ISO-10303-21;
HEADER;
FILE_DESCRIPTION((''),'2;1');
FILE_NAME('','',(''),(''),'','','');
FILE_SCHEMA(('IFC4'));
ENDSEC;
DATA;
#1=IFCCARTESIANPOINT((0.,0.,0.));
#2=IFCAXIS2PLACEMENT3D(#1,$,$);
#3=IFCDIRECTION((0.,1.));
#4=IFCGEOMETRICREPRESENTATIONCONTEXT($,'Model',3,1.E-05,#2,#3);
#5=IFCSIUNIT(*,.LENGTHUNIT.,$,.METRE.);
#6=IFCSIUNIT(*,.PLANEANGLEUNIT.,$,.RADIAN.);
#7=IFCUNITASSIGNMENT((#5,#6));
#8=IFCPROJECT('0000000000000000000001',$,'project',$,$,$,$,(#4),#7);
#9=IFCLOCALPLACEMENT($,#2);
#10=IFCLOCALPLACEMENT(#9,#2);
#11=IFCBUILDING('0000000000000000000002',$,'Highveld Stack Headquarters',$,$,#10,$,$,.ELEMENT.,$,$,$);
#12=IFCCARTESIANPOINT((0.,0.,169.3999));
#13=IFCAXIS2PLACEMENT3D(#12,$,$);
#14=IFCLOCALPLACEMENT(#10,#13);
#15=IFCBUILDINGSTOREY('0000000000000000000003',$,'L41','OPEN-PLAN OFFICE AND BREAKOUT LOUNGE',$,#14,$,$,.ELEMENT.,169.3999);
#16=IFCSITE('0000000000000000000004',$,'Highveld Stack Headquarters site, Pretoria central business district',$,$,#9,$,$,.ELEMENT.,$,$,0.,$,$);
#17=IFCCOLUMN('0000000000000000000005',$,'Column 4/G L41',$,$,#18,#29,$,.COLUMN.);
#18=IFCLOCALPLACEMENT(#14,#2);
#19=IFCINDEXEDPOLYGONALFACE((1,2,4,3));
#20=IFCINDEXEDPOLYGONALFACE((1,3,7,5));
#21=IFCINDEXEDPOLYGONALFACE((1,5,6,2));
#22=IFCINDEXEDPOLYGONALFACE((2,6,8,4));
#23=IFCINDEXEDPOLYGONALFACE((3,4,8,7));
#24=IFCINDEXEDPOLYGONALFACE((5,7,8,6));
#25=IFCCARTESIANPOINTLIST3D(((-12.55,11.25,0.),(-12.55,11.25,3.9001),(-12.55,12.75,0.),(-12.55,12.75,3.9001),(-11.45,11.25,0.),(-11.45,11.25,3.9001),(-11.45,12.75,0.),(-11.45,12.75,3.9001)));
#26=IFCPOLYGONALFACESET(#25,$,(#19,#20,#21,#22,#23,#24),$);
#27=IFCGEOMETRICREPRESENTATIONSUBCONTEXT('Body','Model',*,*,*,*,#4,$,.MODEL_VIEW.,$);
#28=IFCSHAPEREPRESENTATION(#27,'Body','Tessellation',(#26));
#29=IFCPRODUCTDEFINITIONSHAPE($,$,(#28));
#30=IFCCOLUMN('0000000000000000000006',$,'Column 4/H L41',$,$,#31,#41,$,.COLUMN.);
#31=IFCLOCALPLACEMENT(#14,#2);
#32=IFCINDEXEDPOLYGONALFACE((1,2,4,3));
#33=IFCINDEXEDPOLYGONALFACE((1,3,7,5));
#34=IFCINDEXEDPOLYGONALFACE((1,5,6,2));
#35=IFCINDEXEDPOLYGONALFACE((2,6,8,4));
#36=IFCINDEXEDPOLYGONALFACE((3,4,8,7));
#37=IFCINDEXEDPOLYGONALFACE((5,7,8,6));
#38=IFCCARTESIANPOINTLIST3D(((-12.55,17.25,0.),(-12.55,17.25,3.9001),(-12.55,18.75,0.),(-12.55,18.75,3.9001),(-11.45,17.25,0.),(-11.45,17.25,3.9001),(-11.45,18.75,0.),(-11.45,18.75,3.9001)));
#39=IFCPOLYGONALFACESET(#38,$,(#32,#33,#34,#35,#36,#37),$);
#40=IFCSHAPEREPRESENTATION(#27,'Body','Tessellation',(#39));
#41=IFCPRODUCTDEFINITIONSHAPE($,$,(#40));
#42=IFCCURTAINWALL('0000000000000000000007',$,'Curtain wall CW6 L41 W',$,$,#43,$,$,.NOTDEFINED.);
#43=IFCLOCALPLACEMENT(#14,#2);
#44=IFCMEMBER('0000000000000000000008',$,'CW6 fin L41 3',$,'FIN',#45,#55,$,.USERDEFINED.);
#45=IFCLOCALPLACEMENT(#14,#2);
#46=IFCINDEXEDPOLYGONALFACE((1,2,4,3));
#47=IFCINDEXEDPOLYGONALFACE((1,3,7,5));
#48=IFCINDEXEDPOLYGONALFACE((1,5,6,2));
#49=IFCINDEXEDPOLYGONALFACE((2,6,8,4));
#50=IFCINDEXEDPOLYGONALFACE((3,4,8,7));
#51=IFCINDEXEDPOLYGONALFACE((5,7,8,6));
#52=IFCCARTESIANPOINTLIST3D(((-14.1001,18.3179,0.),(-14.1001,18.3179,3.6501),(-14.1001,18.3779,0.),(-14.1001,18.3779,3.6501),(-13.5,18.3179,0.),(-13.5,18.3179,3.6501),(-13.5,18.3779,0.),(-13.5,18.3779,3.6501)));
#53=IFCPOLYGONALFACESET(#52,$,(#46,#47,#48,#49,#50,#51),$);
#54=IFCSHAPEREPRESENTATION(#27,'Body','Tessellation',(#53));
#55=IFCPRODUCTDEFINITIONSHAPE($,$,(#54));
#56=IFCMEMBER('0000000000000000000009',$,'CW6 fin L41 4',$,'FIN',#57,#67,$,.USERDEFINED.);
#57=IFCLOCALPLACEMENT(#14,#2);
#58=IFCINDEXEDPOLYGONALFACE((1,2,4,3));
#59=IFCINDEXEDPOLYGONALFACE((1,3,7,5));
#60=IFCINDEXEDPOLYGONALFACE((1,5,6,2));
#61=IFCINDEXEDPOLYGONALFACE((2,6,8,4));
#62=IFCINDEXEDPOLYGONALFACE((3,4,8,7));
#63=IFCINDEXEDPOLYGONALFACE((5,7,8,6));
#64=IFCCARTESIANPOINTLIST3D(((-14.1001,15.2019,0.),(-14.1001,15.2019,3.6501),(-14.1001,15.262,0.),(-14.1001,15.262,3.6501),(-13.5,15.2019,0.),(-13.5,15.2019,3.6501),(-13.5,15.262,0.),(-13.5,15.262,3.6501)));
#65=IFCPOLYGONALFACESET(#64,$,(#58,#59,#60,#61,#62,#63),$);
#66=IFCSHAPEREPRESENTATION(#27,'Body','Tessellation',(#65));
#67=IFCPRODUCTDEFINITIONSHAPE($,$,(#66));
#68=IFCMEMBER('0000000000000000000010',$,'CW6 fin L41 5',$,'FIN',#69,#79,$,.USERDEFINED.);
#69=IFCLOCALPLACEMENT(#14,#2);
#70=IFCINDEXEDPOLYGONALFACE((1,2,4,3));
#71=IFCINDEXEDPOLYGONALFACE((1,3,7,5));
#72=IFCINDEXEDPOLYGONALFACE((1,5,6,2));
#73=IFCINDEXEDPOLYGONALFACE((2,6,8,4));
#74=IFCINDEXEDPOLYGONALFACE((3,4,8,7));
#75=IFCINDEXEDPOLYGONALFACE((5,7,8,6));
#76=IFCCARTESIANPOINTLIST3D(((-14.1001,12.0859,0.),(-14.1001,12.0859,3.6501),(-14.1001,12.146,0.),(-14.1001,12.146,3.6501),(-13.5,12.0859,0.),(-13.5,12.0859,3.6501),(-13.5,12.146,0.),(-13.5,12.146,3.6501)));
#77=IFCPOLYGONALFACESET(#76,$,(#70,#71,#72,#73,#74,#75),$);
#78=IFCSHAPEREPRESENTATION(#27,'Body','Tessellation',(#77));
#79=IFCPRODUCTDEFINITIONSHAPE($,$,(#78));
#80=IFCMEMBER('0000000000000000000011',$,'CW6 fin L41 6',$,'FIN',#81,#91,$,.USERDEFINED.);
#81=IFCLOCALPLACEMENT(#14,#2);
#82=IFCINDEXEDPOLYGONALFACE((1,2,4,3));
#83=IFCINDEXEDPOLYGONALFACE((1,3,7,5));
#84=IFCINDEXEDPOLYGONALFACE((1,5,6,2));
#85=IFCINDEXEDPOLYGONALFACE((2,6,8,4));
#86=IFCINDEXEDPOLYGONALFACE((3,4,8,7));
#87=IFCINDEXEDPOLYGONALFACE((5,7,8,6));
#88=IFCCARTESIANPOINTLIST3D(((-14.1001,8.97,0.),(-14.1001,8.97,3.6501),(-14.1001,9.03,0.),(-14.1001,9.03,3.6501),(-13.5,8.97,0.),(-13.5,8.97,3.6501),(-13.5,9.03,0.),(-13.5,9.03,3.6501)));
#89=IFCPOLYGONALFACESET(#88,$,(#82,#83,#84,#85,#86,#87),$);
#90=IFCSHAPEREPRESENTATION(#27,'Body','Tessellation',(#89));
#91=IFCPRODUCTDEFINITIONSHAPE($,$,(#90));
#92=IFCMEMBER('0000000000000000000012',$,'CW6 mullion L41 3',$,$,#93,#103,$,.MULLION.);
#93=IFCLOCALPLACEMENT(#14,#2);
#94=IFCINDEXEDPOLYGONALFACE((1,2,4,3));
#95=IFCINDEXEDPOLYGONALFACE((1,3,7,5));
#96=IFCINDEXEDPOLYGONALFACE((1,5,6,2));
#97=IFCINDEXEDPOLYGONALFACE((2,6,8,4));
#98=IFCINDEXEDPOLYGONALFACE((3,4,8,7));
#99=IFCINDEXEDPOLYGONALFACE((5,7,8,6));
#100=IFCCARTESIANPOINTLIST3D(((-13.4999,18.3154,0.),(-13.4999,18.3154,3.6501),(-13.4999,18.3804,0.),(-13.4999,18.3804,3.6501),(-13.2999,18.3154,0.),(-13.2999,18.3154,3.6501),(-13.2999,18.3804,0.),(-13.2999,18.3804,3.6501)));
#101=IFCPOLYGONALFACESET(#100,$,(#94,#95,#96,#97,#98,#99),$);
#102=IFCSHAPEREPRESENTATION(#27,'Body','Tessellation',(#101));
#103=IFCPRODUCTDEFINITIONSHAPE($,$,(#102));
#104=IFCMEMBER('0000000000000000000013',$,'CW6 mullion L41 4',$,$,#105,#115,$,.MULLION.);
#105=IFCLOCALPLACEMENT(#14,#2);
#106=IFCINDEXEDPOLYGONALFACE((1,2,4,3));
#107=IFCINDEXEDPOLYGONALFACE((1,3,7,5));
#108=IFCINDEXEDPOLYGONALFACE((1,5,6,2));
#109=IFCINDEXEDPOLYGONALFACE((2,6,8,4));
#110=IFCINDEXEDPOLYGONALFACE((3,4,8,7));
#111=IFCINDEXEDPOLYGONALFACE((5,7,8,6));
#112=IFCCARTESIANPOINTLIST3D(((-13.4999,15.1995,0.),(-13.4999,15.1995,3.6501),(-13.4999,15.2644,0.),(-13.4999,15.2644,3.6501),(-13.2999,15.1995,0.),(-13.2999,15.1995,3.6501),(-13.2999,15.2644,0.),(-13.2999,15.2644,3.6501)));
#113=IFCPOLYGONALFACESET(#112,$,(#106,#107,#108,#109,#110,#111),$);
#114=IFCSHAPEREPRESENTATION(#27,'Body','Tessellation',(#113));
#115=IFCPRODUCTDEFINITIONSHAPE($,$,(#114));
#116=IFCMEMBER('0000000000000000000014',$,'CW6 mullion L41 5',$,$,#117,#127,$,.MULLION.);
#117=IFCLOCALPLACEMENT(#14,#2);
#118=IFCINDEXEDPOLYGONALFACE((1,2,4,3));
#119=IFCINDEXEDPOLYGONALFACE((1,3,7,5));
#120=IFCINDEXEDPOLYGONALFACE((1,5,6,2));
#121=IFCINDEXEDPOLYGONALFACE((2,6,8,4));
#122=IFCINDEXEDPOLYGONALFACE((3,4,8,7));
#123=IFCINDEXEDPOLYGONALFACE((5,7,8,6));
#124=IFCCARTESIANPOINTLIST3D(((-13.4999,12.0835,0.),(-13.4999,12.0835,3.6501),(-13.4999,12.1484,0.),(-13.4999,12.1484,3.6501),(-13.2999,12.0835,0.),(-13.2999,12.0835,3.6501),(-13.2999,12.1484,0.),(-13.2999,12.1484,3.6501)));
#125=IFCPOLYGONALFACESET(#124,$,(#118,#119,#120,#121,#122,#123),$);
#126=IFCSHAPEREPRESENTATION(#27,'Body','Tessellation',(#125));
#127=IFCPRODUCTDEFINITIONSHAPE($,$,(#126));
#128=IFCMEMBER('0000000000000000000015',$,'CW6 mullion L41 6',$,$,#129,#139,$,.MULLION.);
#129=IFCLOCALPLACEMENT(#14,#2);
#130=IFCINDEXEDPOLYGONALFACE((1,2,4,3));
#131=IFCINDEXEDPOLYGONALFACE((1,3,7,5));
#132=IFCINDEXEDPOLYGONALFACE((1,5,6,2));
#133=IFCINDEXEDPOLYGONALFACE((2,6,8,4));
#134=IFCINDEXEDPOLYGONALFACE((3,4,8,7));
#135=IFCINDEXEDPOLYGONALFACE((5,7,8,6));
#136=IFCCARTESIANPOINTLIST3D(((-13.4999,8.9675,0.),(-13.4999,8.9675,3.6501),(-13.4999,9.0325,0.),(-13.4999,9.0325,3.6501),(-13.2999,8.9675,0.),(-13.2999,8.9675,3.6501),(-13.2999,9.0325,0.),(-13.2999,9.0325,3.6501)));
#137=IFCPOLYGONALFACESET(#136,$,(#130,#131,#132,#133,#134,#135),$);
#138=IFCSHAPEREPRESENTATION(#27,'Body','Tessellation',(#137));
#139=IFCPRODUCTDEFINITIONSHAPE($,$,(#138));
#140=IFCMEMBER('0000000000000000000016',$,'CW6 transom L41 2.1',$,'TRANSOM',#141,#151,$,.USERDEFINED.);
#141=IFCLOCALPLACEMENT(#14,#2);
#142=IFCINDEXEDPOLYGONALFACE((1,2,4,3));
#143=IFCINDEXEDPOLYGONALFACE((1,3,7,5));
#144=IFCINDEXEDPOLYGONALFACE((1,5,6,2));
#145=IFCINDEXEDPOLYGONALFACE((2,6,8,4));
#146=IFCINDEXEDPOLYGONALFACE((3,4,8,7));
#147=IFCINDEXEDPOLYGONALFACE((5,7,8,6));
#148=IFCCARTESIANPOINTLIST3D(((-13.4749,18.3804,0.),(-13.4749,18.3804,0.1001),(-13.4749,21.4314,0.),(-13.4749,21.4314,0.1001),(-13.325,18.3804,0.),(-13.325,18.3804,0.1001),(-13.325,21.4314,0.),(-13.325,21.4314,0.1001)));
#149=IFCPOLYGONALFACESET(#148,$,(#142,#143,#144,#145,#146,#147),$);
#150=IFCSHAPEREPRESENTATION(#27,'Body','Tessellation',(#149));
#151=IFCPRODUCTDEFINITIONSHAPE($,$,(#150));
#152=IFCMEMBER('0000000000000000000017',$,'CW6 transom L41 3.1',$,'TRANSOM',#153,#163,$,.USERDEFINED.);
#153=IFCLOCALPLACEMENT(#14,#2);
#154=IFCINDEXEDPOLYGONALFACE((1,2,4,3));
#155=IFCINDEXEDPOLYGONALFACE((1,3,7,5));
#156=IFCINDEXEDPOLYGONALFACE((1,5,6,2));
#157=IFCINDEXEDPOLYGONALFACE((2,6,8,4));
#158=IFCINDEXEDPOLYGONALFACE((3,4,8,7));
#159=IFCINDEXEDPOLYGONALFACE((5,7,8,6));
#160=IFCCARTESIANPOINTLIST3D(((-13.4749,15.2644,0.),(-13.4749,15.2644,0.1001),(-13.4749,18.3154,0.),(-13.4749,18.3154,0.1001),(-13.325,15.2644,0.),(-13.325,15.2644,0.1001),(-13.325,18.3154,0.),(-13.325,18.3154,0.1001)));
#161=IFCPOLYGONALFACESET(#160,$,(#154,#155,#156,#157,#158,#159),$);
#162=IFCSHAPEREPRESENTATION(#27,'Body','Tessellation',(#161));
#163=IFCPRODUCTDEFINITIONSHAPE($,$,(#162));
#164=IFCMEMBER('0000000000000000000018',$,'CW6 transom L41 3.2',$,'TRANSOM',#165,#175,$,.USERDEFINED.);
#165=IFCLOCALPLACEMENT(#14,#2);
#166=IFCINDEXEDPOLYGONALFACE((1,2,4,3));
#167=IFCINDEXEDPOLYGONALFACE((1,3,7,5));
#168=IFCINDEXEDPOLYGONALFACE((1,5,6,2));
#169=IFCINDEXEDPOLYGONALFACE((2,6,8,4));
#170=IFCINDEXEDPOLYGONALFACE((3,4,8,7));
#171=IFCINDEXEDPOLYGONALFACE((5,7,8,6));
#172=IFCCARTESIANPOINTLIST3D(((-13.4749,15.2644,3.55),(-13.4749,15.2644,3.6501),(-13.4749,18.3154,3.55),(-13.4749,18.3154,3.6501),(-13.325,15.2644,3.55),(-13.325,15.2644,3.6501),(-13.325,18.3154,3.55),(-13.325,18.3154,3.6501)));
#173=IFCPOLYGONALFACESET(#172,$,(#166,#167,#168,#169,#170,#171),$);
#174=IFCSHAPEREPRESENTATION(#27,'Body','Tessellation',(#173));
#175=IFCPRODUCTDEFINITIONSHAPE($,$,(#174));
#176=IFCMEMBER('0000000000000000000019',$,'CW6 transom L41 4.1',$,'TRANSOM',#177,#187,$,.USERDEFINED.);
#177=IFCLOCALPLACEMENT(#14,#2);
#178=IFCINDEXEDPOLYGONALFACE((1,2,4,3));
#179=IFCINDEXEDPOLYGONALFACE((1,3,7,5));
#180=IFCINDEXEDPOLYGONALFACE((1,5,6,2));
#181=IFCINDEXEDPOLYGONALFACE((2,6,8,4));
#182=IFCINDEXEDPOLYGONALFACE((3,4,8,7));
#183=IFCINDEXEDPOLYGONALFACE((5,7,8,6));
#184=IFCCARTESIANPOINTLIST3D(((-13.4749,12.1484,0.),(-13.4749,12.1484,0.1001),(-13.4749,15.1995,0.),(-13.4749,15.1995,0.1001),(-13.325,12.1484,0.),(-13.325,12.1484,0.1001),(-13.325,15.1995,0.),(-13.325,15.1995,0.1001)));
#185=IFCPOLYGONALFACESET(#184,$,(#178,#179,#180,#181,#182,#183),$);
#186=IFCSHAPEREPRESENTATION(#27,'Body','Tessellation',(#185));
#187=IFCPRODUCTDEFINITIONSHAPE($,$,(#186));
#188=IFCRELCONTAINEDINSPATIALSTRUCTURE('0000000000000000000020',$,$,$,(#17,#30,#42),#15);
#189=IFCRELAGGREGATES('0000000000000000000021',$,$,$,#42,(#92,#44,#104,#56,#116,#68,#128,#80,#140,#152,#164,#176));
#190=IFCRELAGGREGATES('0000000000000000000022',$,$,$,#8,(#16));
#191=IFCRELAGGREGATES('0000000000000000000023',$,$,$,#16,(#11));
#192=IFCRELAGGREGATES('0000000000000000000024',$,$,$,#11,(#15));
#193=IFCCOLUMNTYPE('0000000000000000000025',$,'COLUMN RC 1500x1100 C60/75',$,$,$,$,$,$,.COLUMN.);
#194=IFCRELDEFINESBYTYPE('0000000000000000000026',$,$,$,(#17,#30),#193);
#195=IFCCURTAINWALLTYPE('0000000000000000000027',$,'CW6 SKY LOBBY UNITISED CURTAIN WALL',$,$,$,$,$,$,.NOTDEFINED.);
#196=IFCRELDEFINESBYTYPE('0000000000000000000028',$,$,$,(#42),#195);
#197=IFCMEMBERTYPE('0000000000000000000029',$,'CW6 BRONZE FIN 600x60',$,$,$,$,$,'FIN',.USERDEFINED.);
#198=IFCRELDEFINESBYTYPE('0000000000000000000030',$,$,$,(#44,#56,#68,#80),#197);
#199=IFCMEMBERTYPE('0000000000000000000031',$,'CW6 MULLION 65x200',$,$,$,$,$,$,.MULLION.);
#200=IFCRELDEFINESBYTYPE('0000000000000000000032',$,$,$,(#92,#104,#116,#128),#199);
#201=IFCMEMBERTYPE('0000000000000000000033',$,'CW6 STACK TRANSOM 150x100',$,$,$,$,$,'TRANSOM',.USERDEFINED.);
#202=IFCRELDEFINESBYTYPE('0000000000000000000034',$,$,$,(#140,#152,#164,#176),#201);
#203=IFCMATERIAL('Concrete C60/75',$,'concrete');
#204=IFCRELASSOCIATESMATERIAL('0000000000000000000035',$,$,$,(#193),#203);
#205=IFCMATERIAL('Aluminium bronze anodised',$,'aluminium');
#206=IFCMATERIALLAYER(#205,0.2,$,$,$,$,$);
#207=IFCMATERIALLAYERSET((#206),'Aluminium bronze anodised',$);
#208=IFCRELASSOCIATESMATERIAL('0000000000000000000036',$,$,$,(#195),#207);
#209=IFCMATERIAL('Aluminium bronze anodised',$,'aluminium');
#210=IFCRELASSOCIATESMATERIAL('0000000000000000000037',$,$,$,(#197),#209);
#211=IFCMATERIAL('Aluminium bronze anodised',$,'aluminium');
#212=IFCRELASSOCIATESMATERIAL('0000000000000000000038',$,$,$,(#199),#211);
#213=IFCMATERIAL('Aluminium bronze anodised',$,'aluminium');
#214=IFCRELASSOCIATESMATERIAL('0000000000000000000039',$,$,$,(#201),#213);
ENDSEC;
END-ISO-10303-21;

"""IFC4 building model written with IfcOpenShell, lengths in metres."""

from ifc_helpers import new_model, si_unit, direction, frame, origin, origin_2d, place, context, subcontext, project, spatial, rectangle, extrude, material, layer, layer_set, material_profile, profile_set, type_object, element, aggregate, save


model = new_model("IFC4")

# Units and contexts
model_context = context("Model", 3, precision=1e-05, world=origin(), true_north=direction((0.0, 1.0)))
body_context = subcontext(model_context, "Body", "Model", "MODEL_VIEW")
ifc_project = project(units=[si_unit("LENGTHUNIT", "METRE"), si_unit("PLANEANGLEUNIT", "RADIAN")], contexts=[model_context])

# Site, building, storey
site_placement = place(None, origin())
site = spatial("IfcSite", under=ifc_project, at=site_placement, Name="Highveld Stack Headquarters site, Pretoria central business district", CompositionType="ELEMENT", RefElevation=0.0)
building_placement = place(site_placement, origin())
building = spatial("IfcBuilding", under=site, at=building_placement, Name="Highveld Stack Headquarters", CompositionType="ELEMENT")
storey_placement = place(building_placement, frame((0.0, 0.0, 169.3999)))
storey = spatial("IfcBuildingStorey", under=building, at=storey_placement, Name="L41", Description="OPEN-PLAN OFFICE AND BREAKOUT LOUNGE", CompositionType="ELEMENT", Elevation=169.3999)

# Columns
ifc_material_1 = material(Name="Concrete C60/75", Category="concrete")
ifc_material_profile_1 = material_profile(ifc_material_1, rectangle(XDim=1.5, YDim=1.1001, at=origin_2d()), Name="RC 1500x1100")
ifc_profile_set_1 = profile_set([ifc_material_profile_1], Name="Concrete C60/75")
column_type = type_object("IfcColumnType", Name="COLUMN RC 1500x1100 C60/75", PredefinedType="COLUMN", material=ifc_profile_set_1)
for number, where, z_axis, x_axis, name in (
    (1, (-12.0, 12.0, 0.0), (0.0, 0.0, 1.0), (0.0, 1.0, 0.0), "Column 4/G L41"),
    (2, (-12.0, 18.0, 0.0), (0.0, 0.0, 1.0), (0.0, 1.0, 0.0), "Column 4/H L41"),
):
    element("IfcColumn", number, at=place(storey_placement, frame(where, z_axis=z_axis, x_axis=x_axis)), inside=storey, type_object=column_type, Name=name, PredefinedType="COLUMN", context=body_context, shape_type="SweptSolid", body=[
        extrude(rectangle(XDim=1.5, YDim=1.1001, at=origin_2d()), origin(), (0.0, 0.0, 1.0), 3.9001),
    ])

# Curtain wall, members
ifc_material_2 = material(Name="Aluminium bronze anodised", Category="aluminium")
ifc_layer_1 = layer(ifc_material_2, 0.2)
ifc_layer_set_1 = layer_set([ifc_layer_1], Name="Aluminium bronze anodised")
curtain_wall_type = type_object("IfcCurtainWallType", Name="CW6 SKY LOBBY UNITISED CURTAIN WALL", PredefinedType="NOTDEFINED", material=ifc_layer_set_1)
curtain_wall_placement = place(storey_placement, origin())
curtain_wall = element("IfcCurtainWall", 3, at=curtain_wall_placement, inside=storey, type_object=curtain_wall_type, Name="Curtain wall CW6 L41 W", PredefinedType="NOTDEFINED")
ifc_material_3 = material(Name="Aluminium bronze anodised", Category="aluminium")
ifc_material_profile_2 = material_profile(ifc_material_3, rectangle(XDim=0.6001, YDim=0.0601, at=origin_2d()), Name="FIN 600x60")
ifc_profile_set_2 = profile_set([ifc_material_profile_2], Name="Aluminium bronze anodised")
member_type_1 = type_object("IfcMemberType", Name="CW6 BRONZE FIN 600x60", ElementType="FIN", PredefinedType="USERDEFINED", material=ifc_profile_set_2)
member_1_placement = place(storey_placement, frame((-13.8, 18.3479, 0.0), z_axis=(0.0, 0.0, 1.0), x_axis=(1.0, 0.0, 0.0)))
member_1 = element("IfcMember", 4, at=member_1_placement, type_object=member_type_1, Name="CW6 fin L41 3", ObjectType="FIN", PredefinedType="USERDEFINED", context=body_context, shape_type="SweptSolid", body=[
    extrude(rectangle(XDim=0.6001, YDim=0.0601, at=origin_2d()), origin(), (0.0, 0.0, 1.0), 3.6501),
])
member_2_placement = place(storey_placement, frame((-13.8, 15.2319, 0.0), z_axis=(0.0, 0.0, 1.0), x_axis=(1.0, 0.0, 0.0)))
member_2 = element("IfcMember", 5, at=member_2_placement, type_object=member_type_1, Name="CW6 fin L41 4", ObjectType="FIN", PredefinedType="USERDEFINED", context=body_context, shape_type="SweptSolid", body=[
    extrude(rectangle(XDim=0.6001, YDim=0.0601, at=origin_2d()), origin(), (0.0, 0.0, 1.0), 3.6501),
])
member_3_placement = place(storey_placement, frame((-13.8, 12.116, 0.0), z_axis=(0.0, 0.0, 1.0), x_axis=(1.0, 0.0, 0.0)))
member_3 = element("IfcMember", 6, at=member_3_placement, type_object=member_type_1, Name="CW6 fin L41 5", ObjectType="FIN", PredefinedType="USERDEFINED", context=body_context, shape_type="SweptSolid", body=[
    extrude(rectangle(XDim=0.6001, YDim=0.0601, at=origin_2d()), origin(), (0.0, 0.0, 1.0), 3.6501),
])
member_4_placement = place(storey_placement, frame((-13.8, 9.0, 0.0), z_axis=(0.0, 0.0, 1.0), x_axis=(1.0, 0.0, 0.0)))
member_4 = element("IfcMember", 7, at=member_4_placement, type_object=member_type_1, Name="CW6 fin L41 6", ObjectType="FIN", PredefinedType="USERDEFINED", context=body_context, shape_type="SweptSolid", body=[
    extrude(rectangle(XDim=0.6001, YDim=0.0601, at=origin_2d()), origin(), (0.0, 0.0, 1.0), 3.6501),
])
ifc_material_4 = material(Name="Aluminium bronze anodised", Category="aluminium")
ifc_material_profile_3 = material_profile(ifc_material_4, rectangle(XDim=0.2, YDim=0.0649, at=origin_2d()), Name="CW6 MULLION 65x200")
ifc_profile_set_3 = profile_set([ifc_material_profile_3], Name="Aluminium bronze anodised")
member_type_2 = type_object("IfcMemberType", Name="CW6 MULLION 65x200", PredefinedType="MULLION", material=ifc_profile_set_3)
member_5_placement = place(storey_placement, frame((-13.3999, 18.3479, 0.0), z_axis=(0.0, 0.0, 1.0), x_axis=(1.0, 0.0, 0.0)))
member_5 = element("IfcMember", 8, at=member_5_placement, type_object=member_type_2, Name="CW6 mullion L41 3", PredefinedType="MULLION", context=body_context, shape_type="SweptSolid", body=[
    extrude(rectangle(XDim=0.2, YDim=0.0649, at=origin_2d()), origin(), (0.0, 0.0, 1.0), 3.6501),
])
member_6_placement = place(storey_placement, frame((-13.3999, 15.2319, 0.0), z_axis=(0.0, 0.0, 1.0), x_axis=(1.0, 0.0, 0.0)))
member_6 = element("IfcMember", 9, at=member_6_placement, type_object=member_type_2, Name="CW6 mullion L41 4", PredefinedType="MULLION", context=body_context, shape_type="SweptSolid", body=[
    extrude(rectangle(XDim=0.2, YDim=0.0649, at=origin_2d()), origin(), (0.0, 0.0, 1.0), 3.6501),
])
member_7_placement = place(storey_placement, frame((-13.3999, 12.116, 0.0), z_axis=(0.0, 0.0, 1.0), x_axis=(1.0, 0.0, 0.0)))
member_7 = element("IfcMember", 10, at=member_7_placement, type_object=member_type_2, Name="CW6 mullion L41 5", PredefinedType="MULLION", context=body_context, shape_type="SweptSolid", body=[
    extrude(rectangle(XDim=0.2, YDim=0.0649, at=origin_2d()), origin(), (0.0, 0.0, 1.0), 3.6501),
])
member_8_placement = place(storey_placement, frame((-13.3999, 9.0, 0.0), z_axis=(0.0, 0.0, 1.0), x_axis=(1.0, 0.0, 0.0)))
member_8 = element("IfcMember", 11, at=member_8_placement, type_object=member_type_2, Name="CW6 mullion L41 6", PredefinedType="MULLION", context=body_context, shape_type="SweptSolid", body=[
    extrude(rectangle(XDim=0.2, YDim=0.0649, at=origin_2d()), origin(), (0.0, 0.0, 1.0), 3.6501),
])
ifc_material_5 = material(Name="Aluminium bronze anodised", Category="aluminium")
ifc_material_profile_4 = material_profile(ifc_material_5, rectangle(XDim=0.1499, YDim=0.1001, at=origin_2d()), Name="CW6 TRANSOM 150x100")
ifc_profile_set_4 = profile_set([ifc_material_profile_4], Name="Aluminium bronze anodised")
member_type_3 = type_object("IfcMemberType", Name="CW6 STACK TRANSOM 150x100", ElementType="TRANSOM", PredefinedType="USERDEFINED", material=ifc_profile_set_4)
member_9_placement = place(storey_placement, frame((-13.3999, 21.4314, 0.05), z_axis=(0.0, -1.0, 0.0), x_axis=(1.0, 0.0, 0.0)))
member_9 = element("IfcMember", 12, at=member_9_placement, type_object=member_type_3, Name="CW6 transom L41 2.1", ObjectType="TRANSOM", PredefinedType="USERDEFINED", context=body_context, shape_type="SweptSolid", body=[
    extrude(rectangle(XDim=0.1499, YDim=0.1001, at=origin_2d()), origin(), (0.0, 0.0, 1.0), 3.051),
])
member_10_placement = place(storey_placement, frame((-13.3999, 18.3154, 0.05), z_axis=(0.0, -1.0, 0.0), x_axis=(1.0, 0.0, 0.0)))
member_10 = element("IfcMember", 13, at=member_10_placement, type_object=member_type_3, Name="CW6 transom L41 3.1", ObjectType="TRANSOM", PredefinedType="USERDEFINED", context=body_context, shape_type="SweptSolid", body=[
    extrude(rectangle(XDim=0.1499, YDim=0.1001, at=origin_2d()), origin(), (0.0, 0.0, 1.0), 3.051),
])
member_11_placement = place(storey_placement, frame((-13.3999, 18.3154, 3.6001), z_axis=(0.0, -1.0, 0.0), x_axis=(1.0, 0.0, 0.0)))
member_11 = element("IfcMember", 14, at=member_11_placement, type_object=member_type_3, Name="CW6 transom L41 3.2", ObjectType="TRANSOM", PredefinedType="USERDEFINED", context=body_context, shape_type="SweptSolid", body=[
    extrude(rectangle(XDim=0.1499, YDim=0.1001, at=origin_2d()), origin(), (0.0, 0.0, 1.0), 3.051),
])
member_12_placement = place(storey_placement, frame((-13.3999, 15.1995, 0.05), z_axis=(0.0, -1.0, 0.0), x_axis=(1.0, 0.0, 0.0)))
member_12 = element("IfcMember", 15, at=member_12_placement, type_object=member_type_3, Name="CW6 transom L41 4.1", ObjectType="TRANSOM", PredefinedType="USERDEFINED", context=body_context, shape_type="SweptSolid", body=[
    extrude(rectangle(XDim=0.1499, YDim=0.1001, at=origin_2d()), origin(), (0.0, 0.0, 1.0), 3.051),
])
aggregate(curtain_wall, [member_5, member_1, member_6, member_2, member_7, member_3, member_8, member_4, member_9, member_10, member_11, member_12])

save(model, "model.ifc")
